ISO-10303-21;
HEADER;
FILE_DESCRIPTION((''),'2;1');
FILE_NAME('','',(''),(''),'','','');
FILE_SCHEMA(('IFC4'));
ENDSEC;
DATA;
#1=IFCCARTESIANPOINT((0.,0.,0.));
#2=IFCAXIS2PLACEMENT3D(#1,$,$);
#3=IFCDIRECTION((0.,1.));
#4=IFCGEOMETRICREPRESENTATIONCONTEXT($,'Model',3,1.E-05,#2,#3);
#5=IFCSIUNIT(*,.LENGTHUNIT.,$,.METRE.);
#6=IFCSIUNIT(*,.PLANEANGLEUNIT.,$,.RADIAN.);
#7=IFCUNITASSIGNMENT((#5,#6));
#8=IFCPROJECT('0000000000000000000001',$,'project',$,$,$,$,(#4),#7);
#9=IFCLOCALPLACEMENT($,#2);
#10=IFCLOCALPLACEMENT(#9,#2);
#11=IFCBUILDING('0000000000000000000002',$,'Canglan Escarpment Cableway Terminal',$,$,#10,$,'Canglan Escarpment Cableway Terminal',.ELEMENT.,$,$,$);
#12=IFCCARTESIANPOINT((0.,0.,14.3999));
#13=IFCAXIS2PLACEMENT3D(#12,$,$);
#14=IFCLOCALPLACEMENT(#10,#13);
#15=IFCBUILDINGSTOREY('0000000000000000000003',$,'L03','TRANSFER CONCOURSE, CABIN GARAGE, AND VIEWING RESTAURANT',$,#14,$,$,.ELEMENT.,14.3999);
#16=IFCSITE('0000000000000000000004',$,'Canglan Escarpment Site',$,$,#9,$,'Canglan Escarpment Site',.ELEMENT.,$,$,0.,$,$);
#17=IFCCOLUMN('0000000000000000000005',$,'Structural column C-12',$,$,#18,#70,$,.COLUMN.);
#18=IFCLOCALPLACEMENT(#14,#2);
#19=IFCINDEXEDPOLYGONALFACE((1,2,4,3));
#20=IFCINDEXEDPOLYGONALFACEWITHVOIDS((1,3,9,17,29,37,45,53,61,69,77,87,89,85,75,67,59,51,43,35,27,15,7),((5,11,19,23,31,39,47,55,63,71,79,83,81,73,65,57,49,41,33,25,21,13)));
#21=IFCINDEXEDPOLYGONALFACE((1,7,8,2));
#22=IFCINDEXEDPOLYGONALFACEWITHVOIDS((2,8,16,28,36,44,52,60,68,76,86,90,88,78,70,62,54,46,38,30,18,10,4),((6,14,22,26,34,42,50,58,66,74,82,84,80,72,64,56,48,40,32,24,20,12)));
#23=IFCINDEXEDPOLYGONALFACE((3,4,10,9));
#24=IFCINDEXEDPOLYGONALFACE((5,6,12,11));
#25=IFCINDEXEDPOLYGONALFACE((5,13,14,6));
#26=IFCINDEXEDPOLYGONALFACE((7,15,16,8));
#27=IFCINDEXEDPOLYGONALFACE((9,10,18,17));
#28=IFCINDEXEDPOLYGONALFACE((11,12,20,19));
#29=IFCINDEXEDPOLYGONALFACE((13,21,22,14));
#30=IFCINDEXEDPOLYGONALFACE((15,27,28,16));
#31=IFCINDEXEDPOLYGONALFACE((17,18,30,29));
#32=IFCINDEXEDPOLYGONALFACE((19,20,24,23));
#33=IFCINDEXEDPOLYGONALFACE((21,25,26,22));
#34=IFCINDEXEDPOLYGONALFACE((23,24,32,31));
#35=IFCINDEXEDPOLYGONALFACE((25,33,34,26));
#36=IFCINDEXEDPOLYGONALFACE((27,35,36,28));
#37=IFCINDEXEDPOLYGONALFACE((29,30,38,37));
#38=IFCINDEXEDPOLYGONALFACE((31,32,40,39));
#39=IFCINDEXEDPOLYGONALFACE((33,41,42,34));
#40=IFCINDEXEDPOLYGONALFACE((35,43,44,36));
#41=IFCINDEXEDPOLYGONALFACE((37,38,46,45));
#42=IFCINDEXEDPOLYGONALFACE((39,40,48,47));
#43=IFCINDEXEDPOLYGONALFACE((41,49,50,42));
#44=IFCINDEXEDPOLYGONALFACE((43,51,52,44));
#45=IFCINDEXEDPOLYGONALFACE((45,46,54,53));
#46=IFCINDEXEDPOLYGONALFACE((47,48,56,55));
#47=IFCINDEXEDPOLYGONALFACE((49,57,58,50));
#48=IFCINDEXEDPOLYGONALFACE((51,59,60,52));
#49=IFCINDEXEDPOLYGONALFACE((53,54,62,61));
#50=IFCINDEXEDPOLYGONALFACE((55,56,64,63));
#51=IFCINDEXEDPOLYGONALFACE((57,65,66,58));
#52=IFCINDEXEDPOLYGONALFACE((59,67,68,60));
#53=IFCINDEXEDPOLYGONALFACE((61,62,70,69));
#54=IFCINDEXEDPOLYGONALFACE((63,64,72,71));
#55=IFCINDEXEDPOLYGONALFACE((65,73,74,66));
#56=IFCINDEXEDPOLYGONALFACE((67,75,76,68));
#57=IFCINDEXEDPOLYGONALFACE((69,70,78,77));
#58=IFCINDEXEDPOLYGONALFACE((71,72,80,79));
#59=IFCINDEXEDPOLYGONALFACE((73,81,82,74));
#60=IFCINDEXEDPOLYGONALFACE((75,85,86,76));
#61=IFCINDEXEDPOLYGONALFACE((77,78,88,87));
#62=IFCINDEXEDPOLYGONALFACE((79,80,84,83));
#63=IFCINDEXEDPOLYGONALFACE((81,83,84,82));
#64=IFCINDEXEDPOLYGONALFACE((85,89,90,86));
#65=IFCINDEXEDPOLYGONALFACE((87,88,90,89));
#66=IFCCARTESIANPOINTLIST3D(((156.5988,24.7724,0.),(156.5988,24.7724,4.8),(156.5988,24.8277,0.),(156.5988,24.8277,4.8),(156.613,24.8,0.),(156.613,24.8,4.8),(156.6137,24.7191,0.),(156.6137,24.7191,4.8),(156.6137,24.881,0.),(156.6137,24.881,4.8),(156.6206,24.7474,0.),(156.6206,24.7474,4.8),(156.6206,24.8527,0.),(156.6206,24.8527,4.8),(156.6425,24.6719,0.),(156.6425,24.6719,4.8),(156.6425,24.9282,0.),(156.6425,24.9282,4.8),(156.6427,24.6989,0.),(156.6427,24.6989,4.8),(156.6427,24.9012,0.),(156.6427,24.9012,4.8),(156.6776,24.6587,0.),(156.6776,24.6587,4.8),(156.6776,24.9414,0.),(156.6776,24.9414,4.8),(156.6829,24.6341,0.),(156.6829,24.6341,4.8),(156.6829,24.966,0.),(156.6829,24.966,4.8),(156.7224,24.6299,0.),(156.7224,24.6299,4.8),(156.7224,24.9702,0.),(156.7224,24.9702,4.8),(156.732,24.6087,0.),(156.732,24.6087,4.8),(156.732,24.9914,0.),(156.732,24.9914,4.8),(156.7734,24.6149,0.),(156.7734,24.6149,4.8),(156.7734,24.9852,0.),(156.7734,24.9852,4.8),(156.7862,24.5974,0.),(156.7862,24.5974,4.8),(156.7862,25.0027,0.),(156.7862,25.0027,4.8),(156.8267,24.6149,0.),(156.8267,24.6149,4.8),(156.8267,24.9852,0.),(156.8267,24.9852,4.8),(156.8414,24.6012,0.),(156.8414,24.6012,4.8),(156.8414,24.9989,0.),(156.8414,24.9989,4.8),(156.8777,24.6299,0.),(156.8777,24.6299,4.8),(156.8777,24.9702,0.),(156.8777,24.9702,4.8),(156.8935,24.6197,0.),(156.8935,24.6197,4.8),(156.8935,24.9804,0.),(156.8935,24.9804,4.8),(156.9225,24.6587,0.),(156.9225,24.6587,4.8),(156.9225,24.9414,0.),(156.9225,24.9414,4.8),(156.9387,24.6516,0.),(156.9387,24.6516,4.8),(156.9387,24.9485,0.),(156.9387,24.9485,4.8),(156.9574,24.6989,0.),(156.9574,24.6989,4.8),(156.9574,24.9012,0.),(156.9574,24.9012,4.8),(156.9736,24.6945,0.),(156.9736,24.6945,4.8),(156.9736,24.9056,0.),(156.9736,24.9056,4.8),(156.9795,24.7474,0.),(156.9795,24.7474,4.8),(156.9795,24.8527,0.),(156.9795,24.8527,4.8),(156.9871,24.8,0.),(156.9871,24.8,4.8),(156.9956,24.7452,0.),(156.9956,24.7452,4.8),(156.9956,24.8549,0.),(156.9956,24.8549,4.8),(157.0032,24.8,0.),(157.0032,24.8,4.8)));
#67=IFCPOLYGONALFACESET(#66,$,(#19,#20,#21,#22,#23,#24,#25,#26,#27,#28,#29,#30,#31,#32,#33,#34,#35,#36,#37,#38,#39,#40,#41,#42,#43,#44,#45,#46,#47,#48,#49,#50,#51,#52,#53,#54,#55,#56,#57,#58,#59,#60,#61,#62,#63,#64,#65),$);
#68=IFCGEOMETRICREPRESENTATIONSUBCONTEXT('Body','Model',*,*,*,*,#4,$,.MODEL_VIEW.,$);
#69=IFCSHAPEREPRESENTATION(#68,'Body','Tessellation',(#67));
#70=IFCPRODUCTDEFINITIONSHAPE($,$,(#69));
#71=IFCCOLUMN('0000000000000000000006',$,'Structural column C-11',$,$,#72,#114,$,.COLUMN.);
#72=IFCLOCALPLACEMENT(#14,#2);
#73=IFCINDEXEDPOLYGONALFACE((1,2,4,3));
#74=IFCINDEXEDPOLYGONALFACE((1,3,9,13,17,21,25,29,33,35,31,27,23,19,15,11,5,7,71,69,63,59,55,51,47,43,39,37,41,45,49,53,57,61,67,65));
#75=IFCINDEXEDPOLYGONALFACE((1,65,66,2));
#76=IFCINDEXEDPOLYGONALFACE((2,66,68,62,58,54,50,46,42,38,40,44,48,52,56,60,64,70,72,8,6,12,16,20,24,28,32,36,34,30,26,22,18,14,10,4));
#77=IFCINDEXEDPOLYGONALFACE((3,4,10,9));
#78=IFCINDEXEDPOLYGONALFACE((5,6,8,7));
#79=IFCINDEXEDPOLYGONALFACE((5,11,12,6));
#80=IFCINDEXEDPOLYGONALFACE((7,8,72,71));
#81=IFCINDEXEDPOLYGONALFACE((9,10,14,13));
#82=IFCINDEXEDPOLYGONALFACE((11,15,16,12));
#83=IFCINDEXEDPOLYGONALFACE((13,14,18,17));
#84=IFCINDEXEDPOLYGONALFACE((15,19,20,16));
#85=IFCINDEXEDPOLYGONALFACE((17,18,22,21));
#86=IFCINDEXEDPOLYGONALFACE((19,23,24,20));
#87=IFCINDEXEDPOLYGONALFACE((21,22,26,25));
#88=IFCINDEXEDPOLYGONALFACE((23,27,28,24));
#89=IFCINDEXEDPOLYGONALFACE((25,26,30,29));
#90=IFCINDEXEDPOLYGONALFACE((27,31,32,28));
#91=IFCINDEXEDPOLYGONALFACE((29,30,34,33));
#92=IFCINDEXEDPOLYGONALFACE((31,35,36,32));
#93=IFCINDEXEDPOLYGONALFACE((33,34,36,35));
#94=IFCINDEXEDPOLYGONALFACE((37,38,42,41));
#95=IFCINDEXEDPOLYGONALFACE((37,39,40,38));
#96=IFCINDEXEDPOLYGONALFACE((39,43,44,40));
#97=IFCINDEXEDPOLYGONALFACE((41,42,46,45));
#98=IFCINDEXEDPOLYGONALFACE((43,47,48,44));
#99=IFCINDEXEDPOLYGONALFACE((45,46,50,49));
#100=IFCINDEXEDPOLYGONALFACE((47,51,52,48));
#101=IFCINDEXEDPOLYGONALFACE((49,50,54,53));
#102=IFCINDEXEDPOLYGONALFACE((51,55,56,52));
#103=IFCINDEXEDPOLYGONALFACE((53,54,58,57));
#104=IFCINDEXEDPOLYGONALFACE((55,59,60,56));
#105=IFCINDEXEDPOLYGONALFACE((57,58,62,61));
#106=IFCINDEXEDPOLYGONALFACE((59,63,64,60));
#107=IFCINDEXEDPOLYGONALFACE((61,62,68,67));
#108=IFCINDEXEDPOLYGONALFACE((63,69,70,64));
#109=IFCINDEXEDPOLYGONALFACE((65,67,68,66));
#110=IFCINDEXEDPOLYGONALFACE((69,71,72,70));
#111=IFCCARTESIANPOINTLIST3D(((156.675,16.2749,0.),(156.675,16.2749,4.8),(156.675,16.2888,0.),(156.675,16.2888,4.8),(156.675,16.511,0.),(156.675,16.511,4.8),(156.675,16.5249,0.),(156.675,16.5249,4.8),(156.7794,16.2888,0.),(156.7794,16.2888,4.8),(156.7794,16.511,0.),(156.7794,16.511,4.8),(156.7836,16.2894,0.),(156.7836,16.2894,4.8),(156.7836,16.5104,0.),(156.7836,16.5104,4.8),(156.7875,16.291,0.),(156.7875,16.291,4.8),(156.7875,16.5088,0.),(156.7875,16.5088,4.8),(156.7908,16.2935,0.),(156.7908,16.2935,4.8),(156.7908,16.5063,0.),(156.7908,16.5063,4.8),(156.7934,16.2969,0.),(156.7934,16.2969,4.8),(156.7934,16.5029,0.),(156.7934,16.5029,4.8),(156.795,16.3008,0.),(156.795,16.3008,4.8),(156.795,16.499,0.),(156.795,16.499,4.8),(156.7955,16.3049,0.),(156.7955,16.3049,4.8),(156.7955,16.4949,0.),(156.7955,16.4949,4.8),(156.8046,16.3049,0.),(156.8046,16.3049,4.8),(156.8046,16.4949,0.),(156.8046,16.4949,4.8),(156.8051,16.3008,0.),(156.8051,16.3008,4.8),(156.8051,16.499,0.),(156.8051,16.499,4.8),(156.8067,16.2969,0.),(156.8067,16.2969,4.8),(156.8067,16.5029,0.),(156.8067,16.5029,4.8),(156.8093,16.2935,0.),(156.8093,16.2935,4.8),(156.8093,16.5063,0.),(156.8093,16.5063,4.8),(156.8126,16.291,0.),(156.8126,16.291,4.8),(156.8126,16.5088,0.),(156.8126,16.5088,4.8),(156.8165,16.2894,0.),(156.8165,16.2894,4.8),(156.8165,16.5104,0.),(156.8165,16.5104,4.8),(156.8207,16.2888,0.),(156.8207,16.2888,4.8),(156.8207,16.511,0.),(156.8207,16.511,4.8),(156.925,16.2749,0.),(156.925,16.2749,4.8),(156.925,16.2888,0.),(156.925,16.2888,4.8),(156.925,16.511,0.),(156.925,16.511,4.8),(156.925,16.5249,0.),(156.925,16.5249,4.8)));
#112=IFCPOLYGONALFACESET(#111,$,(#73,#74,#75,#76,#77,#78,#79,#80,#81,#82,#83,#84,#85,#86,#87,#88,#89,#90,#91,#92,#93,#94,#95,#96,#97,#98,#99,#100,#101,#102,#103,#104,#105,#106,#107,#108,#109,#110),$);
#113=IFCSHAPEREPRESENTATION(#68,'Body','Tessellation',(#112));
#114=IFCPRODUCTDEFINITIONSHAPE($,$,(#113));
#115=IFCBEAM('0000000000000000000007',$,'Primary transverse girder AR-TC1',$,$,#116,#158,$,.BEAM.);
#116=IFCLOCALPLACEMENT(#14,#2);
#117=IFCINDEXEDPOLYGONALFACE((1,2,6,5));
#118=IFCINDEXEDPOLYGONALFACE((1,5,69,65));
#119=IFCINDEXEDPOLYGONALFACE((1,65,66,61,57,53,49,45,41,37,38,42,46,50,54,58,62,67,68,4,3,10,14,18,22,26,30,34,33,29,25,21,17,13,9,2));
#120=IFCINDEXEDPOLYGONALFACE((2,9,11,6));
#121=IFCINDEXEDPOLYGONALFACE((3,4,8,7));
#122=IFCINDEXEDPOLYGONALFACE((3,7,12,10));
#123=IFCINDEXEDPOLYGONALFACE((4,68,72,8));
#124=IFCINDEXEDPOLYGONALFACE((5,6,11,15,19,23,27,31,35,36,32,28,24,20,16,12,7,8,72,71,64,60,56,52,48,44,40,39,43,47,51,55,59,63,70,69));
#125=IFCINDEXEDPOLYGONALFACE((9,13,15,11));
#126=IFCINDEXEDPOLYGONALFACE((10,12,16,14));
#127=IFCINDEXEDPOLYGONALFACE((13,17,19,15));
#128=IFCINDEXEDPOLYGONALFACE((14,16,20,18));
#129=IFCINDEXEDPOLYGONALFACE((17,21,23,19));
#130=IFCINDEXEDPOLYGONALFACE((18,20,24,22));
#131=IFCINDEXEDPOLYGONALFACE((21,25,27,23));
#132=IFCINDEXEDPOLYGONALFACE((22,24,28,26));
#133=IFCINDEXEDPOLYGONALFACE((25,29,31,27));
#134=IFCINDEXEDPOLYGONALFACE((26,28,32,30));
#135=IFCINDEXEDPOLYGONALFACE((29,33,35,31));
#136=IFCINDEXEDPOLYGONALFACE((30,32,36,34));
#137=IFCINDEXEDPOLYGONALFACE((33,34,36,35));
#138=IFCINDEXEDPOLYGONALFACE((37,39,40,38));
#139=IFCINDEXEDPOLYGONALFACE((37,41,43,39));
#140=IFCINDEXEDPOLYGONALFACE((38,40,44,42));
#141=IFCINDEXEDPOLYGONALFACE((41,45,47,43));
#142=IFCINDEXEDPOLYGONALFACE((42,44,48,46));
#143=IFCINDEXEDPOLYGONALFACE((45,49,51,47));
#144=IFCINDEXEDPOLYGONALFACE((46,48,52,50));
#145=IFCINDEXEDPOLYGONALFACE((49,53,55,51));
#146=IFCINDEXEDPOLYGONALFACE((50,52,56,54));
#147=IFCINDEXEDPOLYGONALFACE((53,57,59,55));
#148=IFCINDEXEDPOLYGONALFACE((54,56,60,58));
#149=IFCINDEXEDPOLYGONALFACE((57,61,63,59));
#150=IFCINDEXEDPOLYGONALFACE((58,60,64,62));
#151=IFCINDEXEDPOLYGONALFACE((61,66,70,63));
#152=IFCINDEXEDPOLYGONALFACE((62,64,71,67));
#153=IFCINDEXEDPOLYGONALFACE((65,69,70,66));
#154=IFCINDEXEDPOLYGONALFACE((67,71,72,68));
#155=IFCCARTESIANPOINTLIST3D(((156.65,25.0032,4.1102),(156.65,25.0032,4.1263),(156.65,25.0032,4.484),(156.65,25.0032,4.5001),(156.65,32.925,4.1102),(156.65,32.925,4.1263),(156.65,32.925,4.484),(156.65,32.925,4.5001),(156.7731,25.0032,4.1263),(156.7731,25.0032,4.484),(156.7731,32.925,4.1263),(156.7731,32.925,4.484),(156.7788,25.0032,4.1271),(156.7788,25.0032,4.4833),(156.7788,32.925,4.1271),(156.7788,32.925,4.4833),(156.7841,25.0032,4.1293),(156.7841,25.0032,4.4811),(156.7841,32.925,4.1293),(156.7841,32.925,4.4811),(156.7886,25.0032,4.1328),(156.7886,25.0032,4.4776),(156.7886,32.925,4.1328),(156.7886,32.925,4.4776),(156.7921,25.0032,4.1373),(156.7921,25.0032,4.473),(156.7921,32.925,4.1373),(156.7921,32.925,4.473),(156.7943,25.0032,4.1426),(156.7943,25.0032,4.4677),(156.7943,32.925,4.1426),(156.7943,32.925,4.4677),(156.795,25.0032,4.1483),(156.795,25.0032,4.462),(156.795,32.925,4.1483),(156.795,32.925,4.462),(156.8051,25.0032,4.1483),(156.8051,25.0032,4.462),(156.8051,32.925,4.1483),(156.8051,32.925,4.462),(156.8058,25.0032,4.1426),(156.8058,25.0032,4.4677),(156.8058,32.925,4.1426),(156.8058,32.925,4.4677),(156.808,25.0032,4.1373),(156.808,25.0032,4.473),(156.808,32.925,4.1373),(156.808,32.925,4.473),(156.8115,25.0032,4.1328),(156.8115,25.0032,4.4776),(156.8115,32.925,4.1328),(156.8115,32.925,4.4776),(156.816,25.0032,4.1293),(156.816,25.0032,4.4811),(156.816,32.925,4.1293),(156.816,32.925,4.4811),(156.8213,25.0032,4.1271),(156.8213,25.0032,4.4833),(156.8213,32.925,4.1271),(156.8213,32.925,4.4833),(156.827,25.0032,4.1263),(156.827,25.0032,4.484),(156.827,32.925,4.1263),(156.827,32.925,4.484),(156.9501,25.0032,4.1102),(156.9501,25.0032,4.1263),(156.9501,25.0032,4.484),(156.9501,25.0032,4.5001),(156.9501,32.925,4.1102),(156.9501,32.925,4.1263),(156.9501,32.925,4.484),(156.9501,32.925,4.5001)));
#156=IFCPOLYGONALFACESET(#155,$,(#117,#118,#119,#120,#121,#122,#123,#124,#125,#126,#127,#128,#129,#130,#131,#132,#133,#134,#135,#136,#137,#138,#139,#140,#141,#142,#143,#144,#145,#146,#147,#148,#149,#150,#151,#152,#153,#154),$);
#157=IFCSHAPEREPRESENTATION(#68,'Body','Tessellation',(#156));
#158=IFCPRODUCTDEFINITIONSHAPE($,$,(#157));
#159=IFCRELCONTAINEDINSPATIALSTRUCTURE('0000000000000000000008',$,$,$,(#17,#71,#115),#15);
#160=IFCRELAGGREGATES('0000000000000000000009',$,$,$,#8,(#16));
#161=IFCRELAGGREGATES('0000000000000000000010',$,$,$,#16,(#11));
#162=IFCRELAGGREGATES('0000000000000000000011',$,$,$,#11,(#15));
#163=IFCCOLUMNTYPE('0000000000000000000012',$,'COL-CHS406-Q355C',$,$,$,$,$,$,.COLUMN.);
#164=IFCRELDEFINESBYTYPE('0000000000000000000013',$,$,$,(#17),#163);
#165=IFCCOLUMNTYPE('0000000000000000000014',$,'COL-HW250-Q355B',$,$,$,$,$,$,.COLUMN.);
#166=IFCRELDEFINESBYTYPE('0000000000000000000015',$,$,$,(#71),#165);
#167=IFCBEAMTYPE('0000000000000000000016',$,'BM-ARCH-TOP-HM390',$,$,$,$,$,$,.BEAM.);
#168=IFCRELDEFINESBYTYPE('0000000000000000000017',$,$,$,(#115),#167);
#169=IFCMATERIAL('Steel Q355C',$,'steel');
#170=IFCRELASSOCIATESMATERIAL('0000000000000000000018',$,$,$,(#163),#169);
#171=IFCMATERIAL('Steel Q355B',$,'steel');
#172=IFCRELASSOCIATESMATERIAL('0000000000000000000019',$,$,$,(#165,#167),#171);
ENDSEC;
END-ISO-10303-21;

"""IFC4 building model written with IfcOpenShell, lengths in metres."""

from ifc_helpers import new_model, si_unit, direction, frame, origin, origin_2d, place, context, subcontext, project, spatial, hollow_circle, i_section, extrude, material, material_profile, profile_set, type_object, element, save


model = new_model("IFC4")

# Units and contexts
model_context = context("Model", 3, precision=1e-05, world=origin(), true_north=direction((0.0, 1.0)))
body_context = subcontext(model_context, "Body", "Model", "MODEL_VIEW")
ifc_project = project(units=[si_unit("LENGTHUNIT", "METRE"), si_unit("PLANEANGLEUNIT", "RADIAN")], contexts=[model_context])

# Site, building, storey
site_placement = place(None, origin())
site = spatial("IfcSite", under=ifc_project, at=site_placement, Name="Canglan Escarpment Site", LongName="Canglan Escarpment Site", CompositionType="ELEMENT", RefElevation=0.0)
building_placement = place(site_placement, origin())
building = spatial("IfcBuilding", under=site, at=building_placement, Name="Canglan Escarpment Cableway Terminal", LongName="Canglan Escarpment Cableway Terminal", CompositionType="ELEMENT")
storey_placement = place(building_placement, frame((0.0, 0.0, 14.3999)))
storey = spatial("IfcBuildingStorey", under=building, at=storey_placement, Name="L03", Description="TRANSFER CONCOURSE, CABIN GARAGE, AND VIEWING RESTAURANT", CompositionType="ELEMENT", Elevation=14.3999)

# Columns
ifc_material_1 = material(Name="Steel Q355C", Category="steel")
ifc_material_profile_1 = material_profile(ifc_material_1, hollow_circle(Radius=0.2031, WallThickness=0.0161, at=origin_2d()), Name="CHS 406.4x16")
ifc_profile_set_1 = profile_set([ifc_material_profile_1], Name="Steel Q355C")
column_type_1 = type_object("IfcColumnType", Name="COL-CHS406-Q355C", PredefinedType="COLUMN", material=ifc_profile_set_1)
column_1_placement = place(storey_placement, frame((156.8, 24.8, 0.0), z_axis=(0.0, 0.0, 1.0), x_axis=(1.0, 0.0, 0.0)))
element("IfcColumn", 1, at=column_1_placement, inside=storey, type_object=column_type_1, Name="Structural column C-12", PredefinedType="COLUMN", context=body_context, shape_type="SweptSolid", body=[
    extrude(hollow_circle(Radius=0.2031, WallThickness=0.0161, at=origin_2d()), origin(), (0.0, 0.0, 1.0), 4.8),
])
ifc_material_2 = material(Name="Steel Q355B", Category="steel")
ifc_material_profile_2 = material_profile(ifc_material_2, i_section(OverallWidth=0.25, OverallDepth=0.25, WebThickness=0.009, FlangeThickness=0.0139, FilletRadius=0.0161, at=origin_2d()), Name="HW 250x250x9x14")
ifc_profile_set_2 = profile_set([ifc_material_profile_2], Name="Steel Q355B")
column_type_2 = type_object("IfcColumnType", Name="COL-HW250-Q355B", PredefinedType="COLUMN", material=ifc_profile_set_2)
column_2_placement = place(storey_placement, frame((156.8, 16.3999, 0.0), z_axis=(0.0, 0.0, 1.0), x_axis=(1.0, 0.0, 0.0)))
element("IfcColumn", 2, at=column_2_placement, inside=storey, type_object=column_type_2, Name="Structural column C-11", PredefinedType="COLUMN", context=body_context, shape_type="SweptSolid", body=[
    extrude(i_section(OverallWidth=0.25, OverallDepth=0.25, WebThickness=0.009, FlangeThickness=0.0139, FilletRadius=0.0161, at=origin_2d()), origin(), (0.0, 0.0, 1.0), 4.8),
])

# Beam
ifc_material_profile_3 = material_profile(ifc_material_2, i_section(OverallWidth=0.3, OverallDepth=0.3899, WebThickness=0.01, FlangeThickness=0.0161, FilletRadius=0.022, at=origin_2d()), Name="HM 390x300x10x16")
ifc_profile_set_3 = profile_set([ifc_material_profile_3], Name="Steel Q355B")
beam_type = type_object("IfcBeamType", Name="BM-ARCH-TOP-HM390", PredefinedType="BEAM", material=ifc_profile_set_3)
beam_placement = place(storey_placement, frame((156.8, 25.0032, 4.3052), z_axis=(0.0, 1.0, 0.0), x_axis=(-1.0, 0.0, 0.0)))
element("IfcBeam", 3, at=beam_placement, inside=storey, type_object=beam_type, Name="Primary transverse girder AR-TC1", PredefinedType="BEAM", context=body_context, shape_type="SweptSolid", body=[
    extrude(i_section(OverallWidth=0.3, OverallDepth=0.3899, WebThickness=0.01, FlangeThickness=0.0161, FilletRadius=0.022, at=origin_2d()), origin(), (0.0, 0.0, 1.0), 7.9219),
])

save(model, "model.ifc")
